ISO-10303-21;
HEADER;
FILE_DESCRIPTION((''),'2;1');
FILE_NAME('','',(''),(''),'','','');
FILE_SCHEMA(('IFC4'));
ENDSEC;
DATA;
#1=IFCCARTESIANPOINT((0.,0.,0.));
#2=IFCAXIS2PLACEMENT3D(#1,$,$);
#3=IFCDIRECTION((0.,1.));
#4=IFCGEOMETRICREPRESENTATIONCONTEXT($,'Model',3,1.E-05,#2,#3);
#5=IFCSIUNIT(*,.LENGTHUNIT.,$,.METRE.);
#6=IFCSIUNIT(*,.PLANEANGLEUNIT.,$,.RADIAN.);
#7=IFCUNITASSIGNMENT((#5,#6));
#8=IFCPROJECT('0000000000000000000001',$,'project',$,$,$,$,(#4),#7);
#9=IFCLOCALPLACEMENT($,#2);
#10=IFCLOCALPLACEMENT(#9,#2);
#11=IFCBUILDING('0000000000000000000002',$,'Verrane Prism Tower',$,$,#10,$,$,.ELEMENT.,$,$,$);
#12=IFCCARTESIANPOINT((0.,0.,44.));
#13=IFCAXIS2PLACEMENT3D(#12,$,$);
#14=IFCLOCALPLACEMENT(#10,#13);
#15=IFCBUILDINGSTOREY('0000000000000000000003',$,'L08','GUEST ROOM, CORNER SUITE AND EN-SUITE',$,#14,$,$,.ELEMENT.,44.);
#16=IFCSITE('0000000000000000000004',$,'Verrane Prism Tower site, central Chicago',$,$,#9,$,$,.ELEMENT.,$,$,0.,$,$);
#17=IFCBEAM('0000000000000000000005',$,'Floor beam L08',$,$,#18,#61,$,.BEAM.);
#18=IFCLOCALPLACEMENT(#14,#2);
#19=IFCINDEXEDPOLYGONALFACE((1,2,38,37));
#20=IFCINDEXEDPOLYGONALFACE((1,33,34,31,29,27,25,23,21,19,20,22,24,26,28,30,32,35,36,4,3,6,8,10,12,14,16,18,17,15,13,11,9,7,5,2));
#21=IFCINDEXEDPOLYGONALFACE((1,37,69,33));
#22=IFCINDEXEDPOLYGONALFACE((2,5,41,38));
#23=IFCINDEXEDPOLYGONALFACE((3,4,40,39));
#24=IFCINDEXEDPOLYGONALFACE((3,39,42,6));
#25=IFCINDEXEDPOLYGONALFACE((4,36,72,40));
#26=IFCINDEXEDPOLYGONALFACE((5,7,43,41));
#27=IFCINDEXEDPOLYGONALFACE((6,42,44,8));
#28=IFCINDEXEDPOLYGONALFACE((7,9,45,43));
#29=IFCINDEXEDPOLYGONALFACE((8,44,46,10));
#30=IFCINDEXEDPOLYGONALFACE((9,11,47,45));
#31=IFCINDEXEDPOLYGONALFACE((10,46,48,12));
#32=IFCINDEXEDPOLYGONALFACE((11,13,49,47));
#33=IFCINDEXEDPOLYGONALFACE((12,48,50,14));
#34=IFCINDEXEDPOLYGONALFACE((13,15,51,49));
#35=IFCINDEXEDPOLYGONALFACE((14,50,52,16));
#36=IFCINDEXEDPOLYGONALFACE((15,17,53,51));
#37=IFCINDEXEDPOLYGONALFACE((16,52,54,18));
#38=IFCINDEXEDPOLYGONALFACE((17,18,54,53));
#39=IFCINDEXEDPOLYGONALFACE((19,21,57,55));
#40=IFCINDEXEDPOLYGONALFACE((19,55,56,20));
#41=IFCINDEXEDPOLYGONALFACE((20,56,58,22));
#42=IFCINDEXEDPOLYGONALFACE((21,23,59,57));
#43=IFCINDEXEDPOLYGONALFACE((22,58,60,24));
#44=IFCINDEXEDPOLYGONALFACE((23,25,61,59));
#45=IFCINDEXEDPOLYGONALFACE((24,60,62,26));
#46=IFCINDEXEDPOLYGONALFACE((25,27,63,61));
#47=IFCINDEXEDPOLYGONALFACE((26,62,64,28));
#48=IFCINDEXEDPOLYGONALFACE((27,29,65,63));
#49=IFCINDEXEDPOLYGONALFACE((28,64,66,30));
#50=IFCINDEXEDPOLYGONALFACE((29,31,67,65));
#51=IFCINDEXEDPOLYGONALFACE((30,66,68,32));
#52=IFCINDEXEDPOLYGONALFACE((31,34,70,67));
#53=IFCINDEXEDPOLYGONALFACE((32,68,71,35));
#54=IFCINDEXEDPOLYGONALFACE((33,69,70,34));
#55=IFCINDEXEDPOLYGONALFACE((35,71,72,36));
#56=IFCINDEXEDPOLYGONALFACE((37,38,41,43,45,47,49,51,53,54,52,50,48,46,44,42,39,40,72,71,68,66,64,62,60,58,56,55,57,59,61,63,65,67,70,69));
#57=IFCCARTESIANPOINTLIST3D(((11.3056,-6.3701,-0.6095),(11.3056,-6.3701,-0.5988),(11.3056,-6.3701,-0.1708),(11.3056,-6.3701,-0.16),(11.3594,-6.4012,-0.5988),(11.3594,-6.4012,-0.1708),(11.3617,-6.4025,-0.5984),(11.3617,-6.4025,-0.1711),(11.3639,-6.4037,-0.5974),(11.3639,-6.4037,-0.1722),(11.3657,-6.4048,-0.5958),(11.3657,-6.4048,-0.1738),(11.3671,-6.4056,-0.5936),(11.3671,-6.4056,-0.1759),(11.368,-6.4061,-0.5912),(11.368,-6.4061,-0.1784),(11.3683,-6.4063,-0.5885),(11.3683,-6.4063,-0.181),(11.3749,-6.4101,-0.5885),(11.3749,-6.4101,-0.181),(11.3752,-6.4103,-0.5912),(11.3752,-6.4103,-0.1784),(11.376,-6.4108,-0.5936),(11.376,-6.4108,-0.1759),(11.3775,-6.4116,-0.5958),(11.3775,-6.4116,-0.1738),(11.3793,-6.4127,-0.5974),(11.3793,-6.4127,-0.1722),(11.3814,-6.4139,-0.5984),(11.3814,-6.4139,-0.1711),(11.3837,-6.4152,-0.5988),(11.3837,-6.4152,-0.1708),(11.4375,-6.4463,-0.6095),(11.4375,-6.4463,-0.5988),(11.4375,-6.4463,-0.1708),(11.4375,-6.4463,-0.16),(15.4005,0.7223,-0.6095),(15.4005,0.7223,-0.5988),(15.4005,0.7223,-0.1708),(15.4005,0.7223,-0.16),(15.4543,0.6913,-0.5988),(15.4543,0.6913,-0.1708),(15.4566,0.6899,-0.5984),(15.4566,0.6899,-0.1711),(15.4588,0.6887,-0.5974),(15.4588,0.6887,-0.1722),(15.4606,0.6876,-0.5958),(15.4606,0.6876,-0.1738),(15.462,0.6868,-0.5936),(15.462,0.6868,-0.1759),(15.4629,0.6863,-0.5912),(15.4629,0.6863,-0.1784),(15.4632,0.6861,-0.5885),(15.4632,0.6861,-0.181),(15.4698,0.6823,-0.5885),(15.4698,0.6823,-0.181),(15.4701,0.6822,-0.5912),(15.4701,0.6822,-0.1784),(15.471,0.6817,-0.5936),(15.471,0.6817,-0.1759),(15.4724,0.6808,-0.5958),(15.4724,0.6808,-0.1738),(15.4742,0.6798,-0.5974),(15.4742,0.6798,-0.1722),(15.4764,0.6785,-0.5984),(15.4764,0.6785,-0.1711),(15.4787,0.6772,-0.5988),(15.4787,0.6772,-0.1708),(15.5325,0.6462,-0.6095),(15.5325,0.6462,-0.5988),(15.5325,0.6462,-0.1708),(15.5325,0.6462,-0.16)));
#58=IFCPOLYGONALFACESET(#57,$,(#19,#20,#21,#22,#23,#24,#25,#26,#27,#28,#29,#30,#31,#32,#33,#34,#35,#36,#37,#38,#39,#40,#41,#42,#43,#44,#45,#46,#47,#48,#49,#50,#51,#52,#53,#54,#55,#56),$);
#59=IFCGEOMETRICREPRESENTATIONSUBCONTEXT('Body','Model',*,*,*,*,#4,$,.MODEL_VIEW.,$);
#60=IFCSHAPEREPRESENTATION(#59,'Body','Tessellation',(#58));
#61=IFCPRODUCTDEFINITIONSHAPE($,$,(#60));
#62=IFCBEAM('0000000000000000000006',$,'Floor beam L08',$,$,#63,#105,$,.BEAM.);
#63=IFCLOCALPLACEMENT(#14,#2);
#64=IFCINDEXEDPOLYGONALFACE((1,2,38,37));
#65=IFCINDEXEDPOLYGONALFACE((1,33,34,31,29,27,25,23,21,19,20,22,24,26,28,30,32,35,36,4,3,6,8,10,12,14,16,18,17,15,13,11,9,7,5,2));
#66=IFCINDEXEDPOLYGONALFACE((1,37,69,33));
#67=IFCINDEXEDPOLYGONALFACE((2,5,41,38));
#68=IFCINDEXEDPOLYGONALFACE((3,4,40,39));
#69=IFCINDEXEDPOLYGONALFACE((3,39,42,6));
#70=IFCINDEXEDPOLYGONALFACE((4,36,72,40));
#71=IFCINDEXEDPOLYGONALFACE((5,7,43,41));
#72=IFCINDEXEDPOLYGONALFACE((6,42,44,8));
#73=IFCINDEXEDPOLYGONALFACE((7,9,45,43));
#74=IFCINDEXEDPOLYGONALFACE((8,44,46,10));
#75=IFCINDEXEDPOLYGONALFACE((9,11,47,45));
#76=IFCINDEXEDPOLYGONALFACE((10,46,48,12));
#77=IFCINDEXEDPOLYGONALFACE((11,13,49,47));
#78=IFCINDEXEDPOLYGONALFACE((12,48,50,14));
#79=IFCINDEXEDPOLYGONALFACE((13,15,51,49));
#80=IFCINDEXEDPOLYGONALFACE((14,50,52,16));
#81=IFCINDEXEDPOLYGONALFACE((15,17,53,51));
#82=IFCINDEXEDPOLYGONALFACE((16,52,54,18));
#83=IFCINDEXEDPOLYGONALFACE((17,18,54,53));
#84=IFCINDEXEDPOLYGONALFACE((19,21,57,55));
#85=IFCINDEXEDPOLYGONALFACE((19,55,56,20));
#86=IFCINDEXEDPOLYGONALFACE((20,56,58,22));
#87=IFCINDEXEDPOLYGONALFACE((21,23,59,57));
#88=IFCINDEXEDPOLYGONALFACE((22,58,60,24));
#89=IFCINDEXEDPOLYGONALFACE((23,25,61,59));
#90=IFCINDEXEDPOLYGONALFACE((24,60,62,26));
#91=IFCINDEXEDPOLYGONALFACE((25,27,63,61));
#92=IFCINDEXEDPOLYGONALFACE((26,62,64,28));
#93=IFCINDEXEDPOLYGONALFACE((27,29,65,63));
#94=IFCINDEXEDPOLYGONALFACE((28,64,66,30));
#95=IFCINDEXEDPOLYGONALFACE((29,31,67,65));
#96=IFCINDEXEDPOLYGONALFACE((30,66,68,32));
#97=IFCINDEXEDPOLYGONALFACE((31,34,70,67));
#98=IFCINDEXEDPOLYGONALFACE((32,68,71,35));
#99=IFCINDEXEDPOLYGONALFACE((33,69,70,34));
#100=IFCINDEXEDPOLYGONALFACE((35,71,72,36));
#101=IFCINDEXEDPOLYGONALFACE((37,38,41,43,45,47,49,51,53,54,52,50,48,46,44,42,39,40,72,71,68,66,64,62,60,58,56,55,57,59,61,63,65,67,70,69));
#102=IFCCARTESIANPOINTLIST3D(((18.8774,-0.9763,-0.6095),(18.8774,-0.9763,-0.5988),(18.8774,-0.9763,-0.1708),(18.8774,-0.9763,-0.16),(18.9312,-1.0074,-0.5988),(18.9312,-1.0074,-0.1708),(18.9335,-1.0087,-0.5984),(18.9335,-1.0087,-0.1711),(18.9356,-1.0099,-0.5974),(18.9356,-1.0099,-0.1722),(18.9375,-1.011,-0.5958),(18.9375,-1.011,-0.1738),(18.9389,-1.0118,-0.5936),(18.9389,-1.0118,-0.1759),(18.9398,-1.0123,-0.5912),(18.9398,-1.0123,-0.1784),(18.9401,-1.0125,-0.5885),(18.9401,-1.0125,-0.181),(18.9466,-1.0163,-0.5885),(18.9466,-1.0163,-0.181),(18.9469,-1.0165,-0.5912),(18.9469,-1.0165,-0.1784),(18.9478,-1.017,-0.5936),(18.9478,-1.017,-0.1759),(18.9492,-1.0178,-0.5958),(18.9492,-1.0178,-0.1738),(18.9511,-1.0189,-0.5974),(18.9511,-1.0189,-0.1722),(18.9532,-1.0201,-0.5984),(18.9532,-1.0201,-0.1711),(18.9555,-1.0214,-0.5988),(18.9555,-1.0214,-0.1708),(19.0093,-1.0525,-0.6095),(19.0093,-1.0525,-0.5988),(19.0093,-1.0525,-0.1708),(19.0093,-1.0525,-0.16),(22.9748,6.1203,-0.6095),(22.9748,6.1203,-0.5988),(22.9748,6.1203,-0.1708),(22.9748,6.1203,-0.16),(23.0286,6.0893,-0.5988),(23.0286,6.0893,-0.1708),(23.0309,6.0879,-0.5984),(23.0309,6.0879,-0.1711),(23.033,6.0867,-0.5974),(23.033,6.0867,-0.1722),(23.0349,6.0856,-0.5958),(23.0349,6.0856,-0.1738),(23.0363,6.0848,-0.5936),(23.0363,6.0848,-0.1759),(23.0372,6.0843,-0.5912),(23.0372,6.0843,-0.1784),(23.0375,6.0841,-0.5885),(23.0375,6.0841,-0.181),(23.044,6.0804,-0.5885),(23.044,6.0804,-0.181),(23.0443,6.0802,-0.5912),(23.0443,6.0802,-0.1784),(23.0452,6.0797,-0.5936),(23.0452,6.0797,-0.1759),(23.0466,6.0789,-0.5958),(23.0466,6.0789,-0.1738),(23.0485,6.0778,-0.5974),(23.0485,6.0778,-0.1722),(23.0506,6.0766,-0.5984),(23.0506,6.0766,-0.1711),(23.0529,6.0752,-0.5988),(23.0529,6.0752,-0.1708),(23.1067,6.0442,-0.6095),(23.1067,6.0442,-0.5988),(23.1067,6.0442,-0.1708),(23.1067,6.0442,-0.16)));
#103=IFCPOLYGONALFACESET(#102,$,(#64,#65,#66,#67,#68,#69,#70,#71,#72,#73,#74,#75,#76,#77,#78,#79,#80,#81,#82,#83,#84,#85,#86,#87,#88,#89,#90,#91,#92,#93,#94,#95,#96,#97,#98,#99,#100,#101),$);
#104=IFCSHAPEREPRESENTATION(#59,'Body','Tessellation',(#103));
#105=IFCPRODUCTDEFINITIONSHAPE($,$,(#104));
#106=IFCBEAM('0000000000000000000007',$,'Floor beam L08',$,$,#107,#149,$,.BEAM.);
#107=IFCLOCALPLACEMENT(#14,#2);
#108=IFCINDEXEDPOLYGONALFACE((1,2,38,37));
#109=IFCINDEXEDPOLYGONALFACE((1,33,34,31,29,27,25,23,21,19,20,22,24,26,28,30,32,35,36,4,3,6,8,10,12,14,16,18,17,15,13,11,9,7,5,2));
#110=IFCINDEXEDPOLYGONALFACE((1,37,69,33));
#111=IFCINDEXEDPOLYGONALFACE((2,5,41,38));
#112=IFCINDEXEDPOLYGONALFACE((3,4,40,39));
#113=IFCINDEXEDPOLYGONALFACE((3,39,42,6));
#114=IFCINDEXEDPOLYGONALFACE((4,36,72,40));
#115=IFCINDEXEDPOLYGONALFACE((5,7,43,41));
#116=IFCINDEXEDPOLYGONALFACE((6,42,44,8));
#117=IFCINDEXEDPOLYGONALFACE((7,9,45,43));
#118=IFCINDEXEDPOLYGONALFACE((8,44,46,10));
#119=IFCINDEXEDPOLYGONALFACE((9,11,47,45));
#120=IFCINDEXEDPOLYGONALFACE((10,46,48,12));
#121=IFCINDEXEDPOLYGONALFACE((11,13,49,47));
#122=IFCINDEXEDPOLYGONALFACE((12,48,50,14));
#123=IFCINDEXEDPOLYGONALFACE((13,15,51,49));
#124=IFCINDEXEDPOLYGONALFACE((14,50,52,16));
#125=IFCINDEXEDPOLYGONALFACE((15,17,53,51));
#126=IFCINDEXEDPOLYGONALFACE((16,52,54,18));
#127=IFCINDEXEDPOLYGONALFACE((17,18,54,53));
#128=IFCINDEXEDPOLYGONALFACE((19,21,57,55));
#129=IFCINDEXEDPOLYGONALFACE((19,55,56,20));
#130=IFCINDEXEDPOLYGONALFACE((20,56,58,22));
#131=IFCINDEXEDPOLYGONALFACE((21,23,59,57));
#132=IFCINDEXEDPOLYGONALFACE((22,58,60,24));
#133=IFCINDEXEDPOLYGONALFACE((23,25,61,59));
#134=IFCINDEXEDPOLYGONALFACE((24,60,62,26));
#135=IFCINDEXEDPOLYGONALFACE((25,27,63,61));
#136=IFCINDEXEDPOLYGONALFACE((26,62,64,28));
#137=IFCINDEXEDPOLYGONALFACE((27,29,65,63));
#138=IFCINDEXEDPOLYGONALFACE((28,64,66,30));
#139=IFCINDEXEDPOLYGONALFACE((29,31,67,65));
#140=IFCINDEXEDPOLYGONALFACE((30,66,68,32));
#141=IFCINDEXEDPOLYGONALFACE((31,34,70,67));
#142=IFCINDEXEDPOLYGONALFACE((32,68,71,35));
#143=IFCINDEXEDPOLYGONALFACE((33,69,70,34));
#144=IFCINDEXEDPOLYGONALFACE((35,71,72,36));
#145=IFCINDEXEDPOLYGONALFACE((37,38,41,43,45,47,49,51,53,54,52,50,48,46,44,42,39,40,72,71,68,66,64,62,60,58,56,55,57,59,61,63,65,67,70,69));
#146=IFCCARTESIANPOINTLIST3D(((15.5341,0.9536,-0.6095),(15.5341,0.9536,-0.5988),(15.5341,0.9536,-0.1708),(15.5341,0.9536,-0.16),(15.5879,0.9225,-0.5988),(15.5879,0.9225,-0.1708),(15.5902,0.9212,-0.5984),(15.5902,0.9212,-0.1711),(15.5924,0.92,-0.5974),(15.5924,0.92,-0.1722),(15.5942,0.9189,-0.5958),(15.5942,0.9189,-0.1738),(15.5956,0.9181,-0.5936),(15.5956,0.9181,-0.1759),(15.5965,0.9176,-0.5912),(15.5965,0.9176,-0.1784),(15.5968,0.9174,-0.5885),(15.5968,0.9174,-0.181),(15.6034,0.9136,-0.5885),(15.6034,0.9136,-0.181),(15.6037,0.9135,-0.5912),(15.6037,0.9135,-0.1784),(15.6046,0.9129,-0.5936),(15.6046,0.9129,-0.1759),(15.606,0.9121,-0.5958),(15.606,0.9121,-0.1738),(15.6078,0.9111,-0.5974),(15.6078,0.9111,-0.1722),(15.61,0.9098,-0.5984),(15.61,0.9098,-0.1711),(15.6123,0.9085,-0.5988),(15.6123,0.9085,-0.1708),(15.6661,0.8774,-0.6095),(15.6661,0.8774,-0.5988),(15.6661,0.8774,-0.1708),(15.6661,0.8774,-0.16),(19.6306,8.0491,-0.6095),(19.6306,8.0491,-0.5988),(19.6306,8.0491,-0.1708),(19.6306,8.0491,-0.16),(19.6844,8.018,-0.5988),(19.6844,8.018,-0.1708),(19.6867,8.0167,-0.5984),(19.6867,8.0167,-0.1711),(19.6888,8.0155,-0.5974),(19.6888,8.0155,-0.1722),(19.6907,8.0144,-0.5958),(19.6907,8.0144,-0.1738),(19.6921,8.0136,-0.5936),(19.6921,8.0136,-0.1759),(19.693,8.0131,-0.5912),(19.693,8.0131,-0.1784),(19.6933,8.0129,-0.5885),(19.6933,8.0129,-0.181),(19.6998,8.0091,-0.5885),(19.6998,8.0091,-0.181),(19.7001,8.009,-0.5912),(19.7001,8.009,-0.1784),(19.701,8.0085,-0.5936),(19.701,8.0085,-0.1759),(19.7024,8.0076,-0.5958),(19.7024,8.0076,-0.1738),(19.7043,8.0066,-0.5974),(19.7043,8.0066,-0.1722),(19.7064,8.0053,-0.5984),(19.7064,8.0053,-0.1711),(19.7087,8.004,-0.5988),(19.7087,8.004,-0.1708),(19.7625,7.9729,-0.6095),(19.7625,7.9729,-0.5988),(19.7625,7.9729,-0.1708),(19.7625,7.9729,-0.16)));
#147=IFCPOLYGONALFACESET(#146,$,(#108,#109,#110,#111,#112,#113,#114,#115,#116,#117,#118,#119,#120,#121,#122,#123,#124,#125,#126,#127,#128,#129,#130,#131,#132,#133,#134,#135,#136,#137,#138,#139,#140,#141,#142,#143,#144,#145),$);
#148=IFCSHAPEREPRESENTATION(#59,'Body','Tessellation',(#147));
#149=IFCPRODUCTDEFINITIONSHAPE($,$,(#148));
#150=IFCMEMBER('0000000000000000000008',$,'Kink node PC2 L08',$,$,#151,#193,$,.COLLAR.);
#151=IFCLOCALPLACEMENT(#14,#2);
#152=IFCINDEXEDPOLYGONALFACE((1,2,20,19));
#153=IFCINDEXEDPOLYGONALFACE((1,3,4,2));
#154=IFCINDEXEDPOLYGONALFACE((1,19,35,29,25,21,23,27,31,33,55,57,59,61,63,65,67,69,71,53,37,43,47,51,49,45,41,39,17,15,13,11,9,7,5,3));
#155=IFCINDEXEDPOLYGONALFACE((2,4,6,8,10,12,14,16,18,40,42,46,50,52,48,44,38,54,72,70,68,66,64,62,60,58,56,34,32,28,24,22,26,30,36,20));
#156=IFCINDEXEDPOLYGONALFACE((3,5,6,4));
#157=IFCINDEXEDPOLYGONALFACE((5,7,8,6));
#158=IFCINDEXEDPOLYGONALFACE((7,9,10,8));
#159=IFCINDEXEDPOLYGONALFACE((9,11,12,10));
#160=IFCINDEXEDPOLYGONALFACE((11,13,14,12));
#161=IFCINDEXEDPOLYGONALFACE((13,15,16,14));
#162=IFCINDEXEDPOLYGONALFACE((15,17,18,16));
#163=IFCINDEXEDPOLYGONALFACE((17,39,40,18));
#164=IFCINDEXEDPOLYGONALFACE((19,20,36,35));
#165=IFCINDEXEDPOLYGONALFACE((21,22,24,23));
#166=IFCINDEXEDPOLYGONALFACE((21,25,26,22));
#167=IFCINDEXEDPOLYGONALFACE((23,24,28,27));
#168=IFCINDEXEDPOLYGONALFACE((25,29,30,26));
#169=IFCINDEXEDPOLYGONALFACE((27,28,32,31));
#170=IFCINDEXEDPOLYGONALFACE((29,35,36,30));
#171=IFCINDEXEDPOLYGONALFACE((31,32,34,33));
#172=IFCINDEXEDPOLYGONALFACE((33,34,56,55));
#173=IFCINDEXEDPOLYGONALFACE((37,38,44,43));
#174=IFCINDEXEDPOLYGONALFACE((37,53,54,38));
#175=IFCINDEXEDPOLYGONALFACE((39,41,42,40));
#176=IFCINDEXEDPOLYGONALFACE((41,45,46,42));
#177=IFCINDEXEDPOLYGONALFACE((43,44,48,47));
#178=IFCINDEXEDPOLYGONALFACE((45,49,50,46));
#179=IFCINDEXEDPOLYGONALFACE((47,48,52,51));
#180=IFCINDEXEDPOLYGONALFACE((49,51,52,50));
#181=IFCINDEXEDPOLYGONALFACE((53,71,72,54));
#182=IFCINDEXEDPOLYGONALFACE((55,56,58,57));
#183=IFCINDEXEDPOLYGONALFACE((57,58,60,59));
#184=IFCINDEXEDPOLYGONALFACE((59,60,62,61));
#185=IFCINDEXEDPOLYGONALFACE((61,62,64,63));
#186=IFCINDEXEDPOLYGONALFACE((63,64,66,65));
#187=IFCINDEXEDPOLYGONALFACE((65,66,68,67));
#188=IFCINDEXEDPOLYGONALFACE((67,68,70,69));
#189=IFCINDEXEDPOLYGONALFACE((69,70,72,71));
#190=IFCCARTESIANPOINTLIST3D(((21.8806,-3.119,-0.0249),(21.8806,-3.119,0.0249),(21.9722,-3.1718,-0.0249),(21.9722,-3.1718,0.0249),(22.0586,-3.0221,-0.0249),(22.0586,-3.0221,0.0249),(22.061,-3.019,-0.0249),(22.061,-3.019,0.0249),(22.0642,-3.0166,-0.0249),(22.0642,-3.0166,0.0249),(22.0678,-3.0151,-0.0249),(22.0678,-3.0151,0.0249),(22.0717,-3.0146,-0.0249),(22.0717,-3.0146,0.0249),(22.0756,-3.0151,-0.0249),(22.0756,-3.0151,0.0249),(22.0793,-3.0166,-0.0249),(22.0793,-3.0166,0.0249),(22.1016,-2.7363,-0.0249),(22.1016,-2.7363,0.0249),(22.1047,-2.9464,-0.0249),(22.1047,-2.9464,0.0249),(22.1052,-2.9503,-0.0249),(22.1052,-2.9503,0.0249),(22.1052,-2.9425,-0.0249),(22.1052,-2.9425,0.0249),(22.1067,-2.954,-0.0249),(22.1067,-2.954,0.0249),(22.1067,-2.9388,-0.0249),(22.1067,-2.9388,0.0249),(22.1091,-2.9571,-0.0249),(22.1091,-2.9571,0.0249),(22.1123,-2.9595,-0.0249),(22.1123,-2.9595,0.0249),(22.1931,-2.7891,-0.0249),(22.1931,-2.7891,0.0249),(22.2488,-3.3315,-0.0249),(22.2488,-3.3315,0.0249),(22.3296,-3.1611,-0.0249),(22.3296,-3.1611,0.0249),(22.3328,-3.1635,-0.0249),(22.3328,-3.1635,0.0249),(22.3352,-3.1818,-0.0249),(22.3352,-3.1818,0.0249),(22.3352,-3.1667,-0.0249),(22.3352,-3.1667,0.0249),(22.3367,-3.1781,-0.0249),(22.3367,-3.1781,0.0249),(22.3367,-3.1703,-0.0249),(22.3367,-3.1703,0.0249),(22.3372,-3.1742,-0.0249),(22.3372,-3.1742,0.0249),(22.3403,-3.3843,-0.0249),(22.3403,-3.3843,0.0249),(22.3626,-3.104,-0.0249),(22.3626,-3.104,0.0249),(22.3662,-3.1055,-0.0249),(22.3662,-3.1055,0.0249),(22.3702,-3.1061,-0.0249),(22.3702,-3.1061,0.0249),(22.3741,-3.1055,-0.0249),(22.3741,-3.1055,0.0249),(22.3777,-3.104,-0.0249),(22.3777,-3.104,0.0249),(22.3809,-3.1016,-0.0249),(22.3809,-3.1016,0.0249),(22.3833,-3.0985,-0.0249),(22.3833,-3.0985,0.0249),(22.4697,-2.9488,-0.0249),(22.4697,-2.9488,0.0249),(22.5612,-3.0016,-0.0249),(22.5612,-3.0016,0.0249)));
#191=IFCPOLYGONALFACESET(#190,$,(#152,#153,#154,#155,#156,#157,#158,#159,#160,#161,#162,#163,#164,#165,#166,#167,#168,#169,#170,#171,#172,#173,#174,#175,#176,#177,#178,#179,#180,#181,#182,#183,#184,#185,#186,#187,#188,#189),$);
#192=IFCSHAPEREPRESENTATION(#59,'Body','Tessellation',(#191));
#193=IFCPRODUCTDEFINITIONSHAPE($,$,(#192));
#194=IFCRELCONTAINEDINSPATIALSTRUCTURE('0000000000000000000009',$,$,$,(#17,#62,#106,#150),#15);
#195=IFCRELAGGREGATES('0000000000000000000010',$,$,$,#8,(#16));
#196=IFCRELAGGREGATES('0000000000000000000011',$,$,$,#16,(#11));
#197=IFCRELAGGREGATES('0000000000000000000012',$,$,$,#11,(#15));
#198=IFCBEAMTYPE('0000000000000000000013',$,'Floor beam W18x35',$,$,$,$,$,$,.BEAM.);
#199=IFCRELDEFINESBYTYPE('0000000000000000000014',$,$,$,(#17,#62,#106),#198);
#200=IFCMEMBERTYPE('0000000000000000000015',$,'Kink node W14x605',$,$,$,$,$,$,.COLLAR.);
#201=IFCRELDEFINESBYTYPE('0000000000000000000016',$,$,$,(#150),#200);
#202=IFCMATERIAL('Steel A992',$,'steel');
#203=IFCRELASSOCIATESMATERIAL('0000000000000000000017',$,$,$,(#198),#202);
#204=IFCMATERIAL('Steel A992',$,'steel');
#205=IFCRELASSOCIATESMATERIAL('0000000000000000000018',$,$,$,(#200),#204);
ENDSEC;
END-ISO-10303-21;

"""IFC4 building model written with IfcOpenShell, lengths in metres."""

from ifc_helpers import new_model, si_unit, direction, frame, origin, origin_2d, place, context, subcontext, project, spatial, i_section, extrude, material, material_profile, profile_set, type_object, element, save


model = new_model("IFC4")

# Units and contexts
model_context = context("Model", 3, precision=1e-05, world=origin(), true_north=direction((0.0, 1.0)))
body_context = subcontext(model_context, "Body", "Model", "MODEL_VIEW")
ifc_project = project(units=[si_unit("LENGTHUNIT", "METRE"), si_unit("PLANEANGLEUNIT", "RADIAN")], contexts=[model_context])

# Site, building, storey
site_placement = place(None, origin())
site = spatial("IfcSite", under=ifc_project, at=site_placement, Name="Verrane Prism Tower site, central Chicago", CompositionType="ELEMENT", RefElevation=0.0)
building_placement = place(site_placement, origin())
building = spatial("IfcBuilding", under=site, at=building_placement, Name="Verrane Prism Tower", CompositionType="ELEMENT")
storey_placement = place(building_placement, frame((0.0, 0.0, 44.0)))
storey = spatial("IfcBuildingStorey", under=building, at=storey_placement, Name="L08", Description="GUEST ROOM, CORNER SUITE AND EN-SUITE", CompositionType="ELEMENT", Elevation=44.0)

# Beams
ifc_material_1 = material(Name="Steel A992", Category="steel")
ifc_material_profile_1 = material_profile(ifc_material_1, i_section(OverallWidth=0.1523, OverallDepth=0.4495, WebThickness=0.0076, FlangeThickness=0.0107, FilletRadius=0.0103, at=origin_2d()), Name="W18x35")
ifc_profile_set_1 = profile_set([ifc_material_profile_1], Name="Steel A992")
beam_type_1 = type_object("IfcBeamType", Name="Floor beam W18x35", PredefinedType="BEAM", material=ifc_profile_set_1)
beam_1_placement = place(storey_placement, frame((11.3716, -6.4082, -0.3848), z_axis=(0.500009, 0.86602, 0.0), x_axis=(-0.86602, 0.500009, 0.0)))
element("IfcBeam", 1, at=beam_1_placement, inside=storey, type_object=beam_type_1, Name="Floor beam L08", PredefinedType="BEAM", context=body_context, shape_type="SweptSolid", body=[
    extrude(i_section(OverallWidth=0.1523, OverallDepth=0.4495, WebThickness=0.0076, FlangeThickness=0.0107, FilletRadius=0.0103, at=origin_2d()), origin(), (0.0, 0.0, 1.0), 8.1897),
])
beam_2_placement = place(storey_placement, frame((18.9434, -1.0144, -0.3848), z_axis=(0.500013, 0.866018, 0.0), x_axis=(-0.866018, 0.500013, 0.0)))
element("IfcBeam", 2, at=beam_2_placement, inside=storey, type_object=beam_type_1, Name="Floor beam L08", PredefinedType="BEAM", context=body_context, shape_type="SweptSolid", body=[
    extrude(i_section(OverallWidth=0.1523, OverallDepth=0.4495, WebThickness=0.0076, FlangeThickness=0.0107, FilletRadius=0.0103, at=origin_2d()), origin(), (0.0, 0.0, 1.0), 8.1946),
])
beam_3_placement = place(storey_placement, frame((15.6001, 0.9155, -0.3848), z_axis=(0.499988, 0.866032, 0.0), x_axis=(-0.866032, 0.499988, 0.0)))
element("IfcBeam", 3, at=beam_3_placement, inside=storey, type_object=beam_type_1, Name="Floor beam L08", PredefinedType="BEAM", context=body_context, shape_type="SweptSolid", body=[
    extrude(i_section(OverallWidth=0.1523, OverallDepth=0.4495, WebThickness=0.0076, FlangeThickness=0.0107, FilletRadius=0.0103, at=origin_2d()), origin(), (0.0, 0.0, 1.0), 8.1931),
])

# Member
ifc_material_2 = material(Name="Steel A992", Category="steel")
ifc_material_profile_2 = material_profile(ifc_material_2, i_section(OverallWidth=0.4419, OverallDepth=0.5308, WebThickness=0.0659, FlangeThickness=0.1057, FilletRadius=0.0151, at=origin_2d()), Name="W14x605")
ifc_profile_set_2 = profile_set([ifc_material_profile_2], Name="Steel A992")
member_type_1 = type_object("IfcMemberType", Name="Kink node W14x605", PredefinedType="COLLAR", material=ifc_profile_set_2)
member_1_placement = place(storey_placement, frame((22.2209, -3.0603, -0.0249), z_axis=(0.0, 0.0, 1.0), x_axis=(-0.5, -0.866025, 0.0)))
element("IfcMember", 4, at=member_1_placement, inside=storey, type_object=member_type_1, Name="Kink node PC2 L08", PredefinedType="COLLAR", context=body_context, shape_type="SweptSolid", body=[
    extrude(i_section(OverallWidth=0.4419, OverallDepth=0.5308, WebThickness=0.0659, FlangeThickness=0.1057, FilletRadius=0.0151, at=origin_2d()), origin(), (0.0, 0.0, 1.0), 0.0498),
])

save(model, "model.ifc")
